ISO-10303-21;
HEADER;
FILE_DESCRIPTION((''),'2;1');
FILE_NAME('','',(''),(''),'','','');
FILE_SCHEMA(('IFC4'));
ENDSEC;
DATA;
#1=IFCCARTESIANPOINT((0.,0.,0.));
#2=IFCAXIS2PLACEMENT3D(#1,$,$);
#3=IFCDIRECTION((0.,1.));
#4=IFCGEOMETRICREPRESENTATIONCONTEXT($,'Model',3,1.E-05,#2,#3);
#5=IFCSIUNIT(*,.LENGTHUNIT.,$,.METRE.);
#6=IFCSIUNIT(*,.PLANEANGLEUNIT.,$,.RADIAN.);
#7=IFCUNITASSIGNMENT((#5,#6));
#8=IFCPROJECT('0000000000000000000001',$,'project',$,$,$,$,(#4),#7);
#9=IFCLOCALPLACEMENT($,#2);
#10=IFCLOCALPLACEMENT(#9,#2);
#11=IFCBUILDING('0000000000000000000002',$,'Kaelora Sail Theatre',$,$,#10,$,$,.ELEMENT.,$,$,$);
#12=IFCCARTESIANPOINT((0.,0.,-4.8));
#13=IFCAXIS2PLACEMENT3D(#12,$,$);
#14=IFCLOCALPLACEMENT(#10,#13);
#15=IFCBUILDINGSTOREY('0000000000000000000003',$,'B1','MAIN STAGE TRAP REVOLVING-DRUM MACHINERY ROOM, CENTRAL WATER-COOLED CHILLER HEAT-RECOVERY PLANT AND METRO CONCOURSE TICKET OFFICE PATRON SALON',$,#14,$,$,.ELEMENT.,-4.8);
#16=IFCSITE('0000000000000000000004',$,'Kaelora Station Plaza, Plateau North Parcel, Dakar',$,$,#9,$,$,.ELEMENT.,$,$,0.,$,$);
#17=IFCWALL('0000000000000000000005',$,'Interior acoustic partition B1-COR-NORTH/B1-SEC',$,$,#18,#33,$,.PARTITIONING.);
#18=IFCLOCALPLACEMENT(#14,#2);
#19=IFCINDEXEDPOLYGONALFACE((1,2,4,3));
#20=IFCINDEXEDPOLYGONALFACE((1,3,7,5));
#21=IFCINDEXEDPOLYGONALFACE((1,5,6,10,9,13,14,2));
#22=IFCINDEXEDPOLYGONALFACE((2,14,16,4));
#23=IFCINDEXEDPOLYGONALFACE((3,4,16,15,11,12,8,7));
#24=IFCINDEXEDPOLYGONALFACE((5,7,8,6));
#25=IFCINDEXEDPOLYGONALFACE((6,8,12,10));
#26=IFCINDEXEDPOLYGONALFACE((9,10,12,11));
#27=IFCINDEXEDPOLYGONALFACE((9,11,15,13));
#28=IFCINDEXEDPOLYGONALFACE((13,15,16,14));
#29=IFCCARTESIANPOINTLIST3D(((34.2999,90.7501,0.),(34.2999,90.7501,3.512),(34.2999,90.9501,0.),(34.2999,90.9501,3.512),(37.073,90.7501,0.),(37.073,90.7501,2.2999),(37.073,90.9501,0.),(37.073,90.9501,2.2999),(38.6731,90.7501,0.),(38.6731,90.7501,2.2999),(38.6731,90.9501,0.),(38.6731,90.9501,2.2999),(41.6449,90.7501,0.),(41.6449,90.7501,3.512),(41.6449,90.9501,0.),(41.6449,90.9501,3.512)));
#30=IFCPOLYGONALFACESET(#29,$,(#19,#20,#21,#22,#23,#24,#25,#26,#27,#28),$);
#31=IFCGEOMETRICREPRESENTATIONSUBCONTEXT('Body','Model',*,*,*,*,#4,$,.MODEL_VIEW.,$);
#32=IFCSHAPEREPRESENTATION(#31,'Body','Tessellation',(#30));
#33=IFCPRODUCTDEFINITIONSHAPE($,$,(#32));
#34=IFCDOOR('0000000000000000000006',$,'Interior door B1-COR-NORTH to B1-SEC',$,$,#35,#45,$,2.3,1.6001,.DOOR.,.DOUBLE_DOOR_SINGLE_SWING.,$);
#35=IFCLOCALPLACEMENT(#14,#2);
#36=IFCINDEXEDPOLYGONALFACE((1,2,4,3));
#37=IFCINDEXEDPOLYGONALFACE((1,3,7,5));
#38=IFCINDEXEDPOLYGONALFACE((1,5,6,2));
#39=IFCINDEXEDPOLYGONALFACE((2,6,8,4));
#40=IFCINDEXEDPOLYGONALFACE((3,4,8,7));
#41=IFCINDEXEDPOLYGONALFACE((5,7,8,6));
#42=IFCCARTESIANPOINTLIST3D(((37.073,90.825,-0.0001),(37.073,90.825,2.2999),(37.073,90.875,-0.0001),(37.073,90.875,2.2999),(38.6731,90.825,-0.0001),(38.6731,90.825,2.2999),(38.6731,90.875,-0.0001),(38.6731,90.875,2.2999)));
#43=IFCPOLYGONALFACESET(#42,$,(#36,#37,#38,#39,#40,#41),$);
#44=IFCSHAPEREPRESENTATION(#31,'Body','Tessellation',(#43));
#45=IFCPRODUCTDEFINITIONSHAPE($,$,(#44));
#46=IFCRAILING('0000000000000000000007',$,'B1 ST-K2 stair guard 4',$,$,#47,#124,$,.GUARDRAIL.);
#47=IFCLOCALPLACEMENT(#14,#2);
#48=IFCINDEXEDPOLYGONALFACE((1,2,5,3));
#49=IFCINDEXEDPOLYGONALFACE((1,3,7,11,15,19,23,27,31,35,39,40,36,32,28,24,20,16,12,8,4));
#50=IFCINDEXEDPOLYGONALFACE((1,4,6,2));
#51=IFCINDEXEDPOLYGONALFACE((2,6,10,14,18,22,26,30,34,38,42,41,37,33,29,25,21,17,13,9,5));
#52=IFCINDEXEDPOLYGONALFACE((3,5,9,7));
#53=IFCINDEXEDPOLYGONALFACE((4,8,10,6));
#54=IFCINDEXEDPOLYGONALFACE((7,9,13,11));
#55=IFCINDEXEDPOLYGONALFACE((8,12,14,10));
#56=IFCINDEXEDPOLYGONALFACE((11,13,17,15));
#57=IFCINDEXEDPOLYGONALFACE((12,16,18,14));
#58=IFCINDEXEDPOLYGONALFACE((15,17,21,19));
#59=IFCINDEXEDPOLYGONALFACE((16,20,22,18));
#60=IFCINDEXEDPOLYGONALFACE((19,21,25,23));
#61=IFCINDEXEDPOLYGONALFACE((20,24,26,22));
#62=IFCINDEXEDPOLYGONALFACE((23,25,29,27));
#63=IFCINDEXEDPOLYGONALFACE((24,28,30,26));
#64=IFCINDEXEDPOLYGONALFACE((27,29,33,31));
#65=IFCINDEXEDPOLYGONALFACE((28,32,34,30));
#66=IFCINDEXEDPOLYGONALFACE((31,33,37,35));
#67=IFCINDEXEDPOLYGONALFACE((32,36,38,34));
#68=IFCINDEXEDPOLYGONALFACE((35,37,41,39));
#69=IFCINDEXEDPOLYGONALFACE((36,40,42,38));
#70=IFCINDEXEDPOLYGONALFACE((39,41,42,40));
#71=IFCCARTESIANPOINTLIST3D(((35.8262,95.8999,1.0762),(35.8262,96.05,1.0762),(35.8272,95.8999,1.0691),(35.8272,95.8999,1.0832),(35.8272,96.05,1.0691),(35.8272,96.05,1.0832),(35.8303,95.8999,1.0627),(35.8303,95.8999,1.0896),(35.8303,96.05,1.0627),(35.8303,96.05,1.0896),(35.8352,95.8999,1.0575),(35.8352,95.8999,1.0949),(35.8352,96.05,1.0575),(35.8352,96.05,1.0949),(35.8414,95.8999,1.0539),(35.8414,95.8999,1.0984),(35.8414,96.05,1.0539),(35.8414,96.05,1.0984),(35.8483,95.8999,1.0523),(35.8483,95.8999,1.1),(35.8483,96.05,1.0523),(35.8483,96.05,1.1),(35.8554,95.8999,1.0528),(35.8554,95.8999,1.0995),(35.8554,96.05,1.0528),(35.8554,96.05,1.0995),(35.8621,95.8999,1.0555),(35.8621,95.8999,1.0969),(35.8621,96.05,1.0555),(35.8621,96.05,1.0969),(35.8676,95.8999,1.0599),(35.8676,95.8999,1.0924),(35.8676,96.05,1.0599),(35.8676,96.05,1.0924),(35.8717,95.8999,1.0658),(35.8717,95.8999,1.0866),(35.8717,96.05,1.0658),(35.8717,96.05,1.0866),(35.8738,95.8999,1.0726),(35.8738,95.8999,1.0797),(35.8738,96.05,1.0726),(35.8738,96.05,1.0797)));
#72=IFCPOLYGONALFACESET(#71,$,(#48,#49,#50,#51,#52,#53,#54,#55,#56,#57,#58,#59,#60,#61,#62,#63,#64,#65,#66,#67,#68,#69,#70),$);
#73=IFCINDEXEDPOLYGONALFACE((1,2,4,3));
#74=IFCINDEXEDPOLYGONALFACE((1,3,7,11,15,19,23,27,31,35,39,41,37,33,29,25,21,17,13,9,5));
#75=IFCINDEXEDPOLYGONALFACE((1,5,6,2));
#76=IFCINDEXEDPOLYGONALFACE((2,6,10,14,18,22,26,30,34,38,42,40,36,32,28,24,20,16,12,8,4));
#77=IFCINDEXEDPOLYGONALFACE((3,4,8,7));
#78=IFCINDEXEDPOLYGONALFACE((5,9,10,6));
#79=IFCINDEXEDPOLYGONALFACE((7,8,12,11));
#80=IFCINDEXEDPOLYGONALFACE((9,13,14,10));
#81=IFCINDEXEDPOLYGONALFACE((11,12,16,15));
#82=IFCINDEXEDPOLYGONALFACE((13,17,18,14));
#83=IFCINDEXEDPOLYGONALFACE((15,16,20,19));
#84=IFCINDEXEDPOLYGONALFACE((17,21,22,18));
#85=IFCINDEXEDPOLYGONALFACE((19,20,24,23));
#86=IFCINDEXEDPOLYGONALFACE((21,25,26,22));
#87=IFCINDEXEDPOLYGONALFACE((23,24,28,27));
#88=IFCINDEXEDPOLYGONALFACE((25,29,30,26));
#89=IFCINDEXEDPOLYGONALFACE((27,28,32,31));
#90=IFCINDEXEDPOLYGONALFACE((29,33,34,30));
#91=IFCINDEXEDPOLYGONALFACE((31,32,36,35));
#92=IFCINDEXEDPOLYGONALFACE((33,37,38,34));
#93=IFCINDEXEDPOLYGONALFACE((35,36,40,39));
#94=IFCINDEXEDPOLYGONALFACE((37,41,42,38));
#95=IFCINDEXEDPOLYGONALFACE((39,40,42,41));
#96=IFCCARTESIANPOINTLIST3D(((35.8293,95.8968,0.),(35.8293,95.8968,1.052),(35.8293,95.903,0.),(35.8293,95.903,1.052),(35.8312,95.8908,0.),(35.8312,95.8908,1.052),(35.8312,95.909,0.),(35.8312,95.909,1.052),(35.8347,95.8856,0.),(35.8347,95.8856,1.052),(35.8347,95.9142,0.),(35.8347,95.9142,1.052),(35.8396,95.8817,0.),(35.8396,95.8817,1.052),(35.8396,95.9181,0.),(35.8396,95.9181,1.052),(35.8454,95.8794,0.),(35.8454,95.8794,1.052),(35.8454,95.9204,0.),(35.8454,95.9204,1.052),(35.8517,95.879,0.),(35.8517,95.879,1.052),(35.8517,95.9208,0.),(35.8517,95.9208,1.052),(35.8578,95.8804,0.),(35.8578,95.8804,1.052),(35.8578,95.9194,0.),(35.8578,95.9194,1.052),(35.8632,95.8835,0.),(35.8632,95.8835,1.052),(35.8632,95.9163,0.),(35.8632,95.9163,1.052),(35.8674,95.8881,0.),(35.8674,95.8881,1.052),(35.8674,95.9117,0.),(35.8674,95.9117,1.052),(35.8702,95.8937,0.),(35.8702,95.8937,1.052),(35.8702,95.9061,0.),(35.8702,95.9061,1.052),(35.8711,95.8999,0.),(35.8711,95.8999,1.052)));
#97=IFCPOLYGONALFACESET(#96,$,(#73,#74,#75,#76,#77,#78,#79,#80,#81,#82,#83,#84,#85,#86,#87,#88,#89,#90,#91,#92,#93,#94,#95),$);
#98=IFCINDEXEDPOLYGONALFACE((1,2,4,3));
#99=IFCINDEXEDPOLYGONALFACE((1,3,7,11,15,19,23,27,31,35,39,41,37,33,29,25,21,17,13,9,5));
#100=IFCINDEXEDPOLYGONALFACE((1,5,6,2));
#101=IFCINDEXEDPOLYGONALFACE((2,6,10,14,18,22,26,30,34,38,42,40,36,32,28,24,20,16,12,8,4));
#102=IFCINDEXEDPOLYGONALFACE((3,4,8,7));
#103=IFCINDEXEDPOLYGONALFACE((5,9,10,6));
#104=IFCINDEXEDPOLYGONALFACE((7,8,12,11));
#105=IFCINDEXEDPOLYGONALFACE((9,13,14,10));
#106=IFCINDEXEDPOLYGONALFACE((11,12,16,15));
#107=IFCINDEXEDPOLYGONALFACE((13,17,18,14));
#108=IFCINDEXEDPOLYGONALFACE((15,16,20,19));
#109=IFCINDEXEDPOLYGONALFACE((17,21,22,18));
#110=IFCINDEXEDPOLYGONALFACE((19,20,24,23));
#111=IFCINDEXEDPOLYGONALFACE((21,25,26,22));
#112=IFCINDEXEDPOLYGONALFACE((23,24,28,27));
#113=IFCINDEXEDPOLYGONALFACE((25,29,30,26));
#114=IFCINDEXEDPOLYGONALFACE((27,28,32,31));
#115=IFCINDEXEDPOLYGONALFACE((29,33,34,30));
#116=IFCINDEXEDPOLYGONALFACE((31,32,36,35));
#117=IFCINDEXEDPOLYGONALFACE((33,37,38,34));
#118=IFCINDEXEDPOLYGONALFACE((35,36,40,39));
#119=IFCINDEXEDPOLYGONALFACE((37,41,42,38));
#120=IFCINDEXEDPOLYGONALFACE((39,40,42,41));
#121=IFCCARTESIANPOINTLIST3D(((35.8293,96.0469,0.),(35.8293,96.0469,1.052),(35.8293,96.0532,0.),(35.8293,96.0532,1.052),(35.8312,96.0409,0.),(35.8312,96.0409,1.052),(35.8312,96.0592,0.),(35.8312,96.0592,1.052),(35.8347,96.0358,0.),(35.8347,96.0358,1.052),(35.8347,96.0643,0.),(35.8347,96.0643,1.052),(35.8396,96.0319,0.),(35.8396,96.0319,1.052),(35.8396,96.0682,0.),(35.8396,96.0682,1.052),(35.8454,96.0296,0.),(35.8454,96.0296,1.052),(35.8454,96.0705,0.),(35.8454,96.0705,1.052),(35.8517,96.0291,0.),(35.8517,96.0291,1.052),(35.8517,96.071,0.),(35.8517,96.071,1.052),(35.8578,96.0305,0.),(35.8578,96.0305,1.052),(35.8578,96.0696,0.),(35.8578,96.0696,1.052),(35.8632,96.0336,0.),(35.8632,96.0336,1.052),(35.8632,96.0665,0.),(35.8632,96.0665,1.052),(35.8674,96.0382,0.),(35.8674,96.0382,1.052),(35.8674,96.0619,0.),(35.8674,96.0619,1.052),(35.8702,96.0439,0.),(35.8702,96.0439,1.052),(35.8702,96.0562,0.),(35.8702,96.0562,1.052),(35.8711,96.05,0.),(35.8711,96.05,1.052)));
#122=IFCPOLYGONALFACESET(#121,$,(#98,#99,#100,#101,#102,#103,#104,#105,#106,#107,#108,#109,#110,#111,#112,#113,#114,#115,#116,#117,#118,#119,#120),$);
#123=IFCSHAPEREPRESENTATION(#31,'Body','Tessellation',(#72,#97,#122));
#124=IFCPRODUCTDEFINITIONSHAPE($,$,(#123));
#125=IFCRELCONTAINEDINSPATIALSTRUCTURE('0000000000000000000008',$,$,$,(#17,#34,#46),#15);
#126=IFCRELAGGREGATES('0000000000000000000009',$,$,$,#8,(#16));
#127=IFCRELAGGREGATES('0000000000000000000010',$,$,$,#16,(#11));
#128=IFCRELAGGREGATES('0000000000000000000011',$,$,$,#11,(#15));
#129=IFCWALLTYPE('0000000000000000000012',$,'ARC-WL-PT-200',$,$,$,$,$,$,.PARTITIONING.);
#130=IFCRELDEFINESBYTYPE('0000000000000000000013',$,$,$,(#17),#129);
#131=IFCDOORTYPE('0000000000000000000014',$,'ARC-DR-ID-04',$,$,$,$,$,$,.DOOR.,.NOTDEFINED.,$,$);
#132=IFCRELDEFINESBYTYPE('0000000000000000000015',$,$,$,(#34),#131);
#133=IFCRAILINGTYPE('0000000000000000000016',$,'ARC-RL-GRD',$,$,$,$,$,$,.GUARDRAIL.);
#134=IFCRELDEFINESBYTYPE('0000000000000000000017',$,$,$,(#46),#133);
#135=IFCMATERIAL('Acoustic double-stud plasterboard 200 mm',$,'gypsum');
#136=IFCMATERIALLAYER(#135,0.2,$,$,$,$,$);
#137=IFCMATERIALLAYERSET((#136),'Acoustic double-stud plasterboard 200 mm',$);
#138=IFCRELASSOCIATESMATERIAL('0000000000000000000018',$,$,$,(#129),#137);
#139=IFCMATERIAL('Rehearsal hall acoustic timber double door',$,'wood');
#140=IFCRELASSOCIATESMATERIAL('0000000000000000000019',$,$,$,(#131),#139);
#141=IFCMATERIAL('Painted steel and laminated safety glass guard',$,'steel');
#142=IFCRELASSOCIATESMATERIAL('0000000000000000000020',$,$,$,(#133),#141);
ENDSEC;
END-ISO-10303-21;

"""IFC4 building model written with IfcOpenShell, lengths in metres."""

from ifc_helpers import new_model, si_unit, direction, frame, frame_2d, origin, origin_2d, place, context, subcontext, project, spatial, rectangle, circle, extrude, material, layer, layer_set, type_object, element, fill, save


model = new_model("IFC4")

# Units and contexts
model_context = context("Model", 3, precision=1e-05, world=origin(), true_north=direction((0.0, 1.0)))
body_context = subcontext(model_context, "Body", "Model", "MODEL_VIEW")
ifc_project = project(units=[si_unit("LENGTHUNIT", "METRE"), si_unit("PLANEANGLEUNIT", "RADIAN")], contexts=[model_context])

# Site, building, storey
site_placement = place(None, origin())
site = spatial("IfcSite", under=ifc_project, at=site_placement, Name="Kaelora Station Plaza, Plateau North Parcel, Dakar", CompositionType="ELEMENT", RefElevation=0.0)
building_placement = place(site_placement, origin())
building = spatial("IfcBuilding", under=site, at=building_placement, Name="Kaelora Sail Theatre", CompositionType="ELEMENT")
storey_placement = place(building_placement, frame((0.0, 0.0, -4.8)))
storey = spatial("IfcBuildingStorey", under=building, at=storey_placement, Name="B1", Description="MAIN STAGE TRAP REVOLVING-DRUM MACHINERY ROOM, CENTRAL WATER-COOLED CHILLER HEAT-RECOVERY PLANT AND METRO CONCOURSE TICKET OFFICE PATRON SALON", CompositionType="ELEMENT", Elevation=-4.8)

# Wall, opening, door
ifc_material_1 = material(Name="Acoustic double-stud plasterboard 200 mm", Category="gypsum")
ifc_layer_1 = layer(ifc_material_1, 0.2)
ifc_layer_set_1 = layer_set([ifc_layer_1], Name="Acoustic double-stud plasterboard 200 mm")
wall_type_1 = type_object("IfcWallType", Name="ARC-WL-PT-200", PredefinedType="PARTITIONING", material=ifc_layer_set_1)
wall_1_placement = place(storey_placement, frame((34.3, 90.8501, 0.0), z_axis=(0.0, 0.0, 1.0), x_axis=(1.0, 0.0, 0.0)))
wall_1 = element("IfcWall", 1, at=wall_1_placement, inside=storey, type_object=wall_type_1, Name="Interior acoustic partition B1-COR-NORTH/B1-SEC", PredefinedType="PARTITIONING", context=body_context, shape_type="SweptSolid", body=[
    extrude(rectangle(XDim=7.345, YDim=0.2, at=frame_2d((3.6724, 0.0))), origin(), (0.0, 0.0, 1.0), 3.512),
])
opening_1_placement = place(wall_1_placement, frame((2.7729, 0.0, 0.0)))
opening_1 = element("IfcOpeningElement", 2, at=opening_1_placement, cuts=wall_1, PredefinedType="OPENING", context=body_context, shape_type="SweptSolid", body=[
    extrude(rectangle(XDim=1.6001, YDim=2.3, at=frame_2d((0.8, 1.1499))), frame((0.0, 0.1101, 0.0), z_axis=(0.0, -1.0, 0.0), x_axis=(1.0, 0.0, 0.0)), (0.0, 0.0, 1.0), 0.22),
])
ifc_material_2 = material(Name="Rehearsal hall acoustic timber double door", Category="wood")
door_type_1 = type_object("IfcDoorType", Name="ARC-DR-ID-04", OperationType="NOTDEFINED", PredefinedType="DOOR", material=ifc_material_2)
door_1_placement = place(opening_1_placement, origin())
door_1 = element("IfcDoor", 3, at=door_1_placement, inside=storey, type_object=door_type_1, Name="Interior door B1-COR-NORTH to B1-SEC", OperationType="DOUBLE_DOOR_SINGLE_SWING", OverallHeight=2.3, OverallWidth=1.6001, PredefinedType="DOOR", context=body_context, shape_type="SweptSolid", body=[
    extrude(rectangle(XDim=1.6001, YDim=2.3, at=frame_2d((0.8, 1.1499))), frame((0.0, 0.0249, 0.0), z_axis=(0.0, -1.0, 0.0), x_axis=(1.0, 0.0, 0.0)), (0.0, 0.0, 1.0), 0.05),
])
fill(opening_1, door_1)

# Railing
ifc_material_3 = material(Name="Painted steel and laminated safety glass guard", Category="steel")
railing_type = type_object("IfcRailingType", Name="ARC-RL-GRD", PredefinedType="GUARDRAIL", material=ifc_material_3)
railing_placement = place(storey_placement, frame((35.8501, 95.8999, 0.0)))
element("IfcRailing", 4, at=railing_placement, inside=storey, type_object=railing_type, Name="B1 ST-K2 stair guard 4", PredefinedType="GUARDRAIL", context=body_context, shape_type="SweptSolid", body=[
    extrude(circle(Radius=0.0239, at=origin_2d()), frame((0.0, 0.0, 1.0762), z_axis=(0.0, 1.0, 0.0), x_axis=(-1.0, 0.0, 0.0)), (0.0, 0.0, 1.0), 0.1501),
    extrude(circle(Radius=0.021, at=origin_2d()), origin(), (0.0, 0.0, 1.0), 1.052),
    extrude(circle(Radius=0.021, at=origin_2d()), frame((0.0, 0.1501, 0.0)), (0.0, 0.0, 1.0), 1.052),
])

save(model, "model.ifc")
